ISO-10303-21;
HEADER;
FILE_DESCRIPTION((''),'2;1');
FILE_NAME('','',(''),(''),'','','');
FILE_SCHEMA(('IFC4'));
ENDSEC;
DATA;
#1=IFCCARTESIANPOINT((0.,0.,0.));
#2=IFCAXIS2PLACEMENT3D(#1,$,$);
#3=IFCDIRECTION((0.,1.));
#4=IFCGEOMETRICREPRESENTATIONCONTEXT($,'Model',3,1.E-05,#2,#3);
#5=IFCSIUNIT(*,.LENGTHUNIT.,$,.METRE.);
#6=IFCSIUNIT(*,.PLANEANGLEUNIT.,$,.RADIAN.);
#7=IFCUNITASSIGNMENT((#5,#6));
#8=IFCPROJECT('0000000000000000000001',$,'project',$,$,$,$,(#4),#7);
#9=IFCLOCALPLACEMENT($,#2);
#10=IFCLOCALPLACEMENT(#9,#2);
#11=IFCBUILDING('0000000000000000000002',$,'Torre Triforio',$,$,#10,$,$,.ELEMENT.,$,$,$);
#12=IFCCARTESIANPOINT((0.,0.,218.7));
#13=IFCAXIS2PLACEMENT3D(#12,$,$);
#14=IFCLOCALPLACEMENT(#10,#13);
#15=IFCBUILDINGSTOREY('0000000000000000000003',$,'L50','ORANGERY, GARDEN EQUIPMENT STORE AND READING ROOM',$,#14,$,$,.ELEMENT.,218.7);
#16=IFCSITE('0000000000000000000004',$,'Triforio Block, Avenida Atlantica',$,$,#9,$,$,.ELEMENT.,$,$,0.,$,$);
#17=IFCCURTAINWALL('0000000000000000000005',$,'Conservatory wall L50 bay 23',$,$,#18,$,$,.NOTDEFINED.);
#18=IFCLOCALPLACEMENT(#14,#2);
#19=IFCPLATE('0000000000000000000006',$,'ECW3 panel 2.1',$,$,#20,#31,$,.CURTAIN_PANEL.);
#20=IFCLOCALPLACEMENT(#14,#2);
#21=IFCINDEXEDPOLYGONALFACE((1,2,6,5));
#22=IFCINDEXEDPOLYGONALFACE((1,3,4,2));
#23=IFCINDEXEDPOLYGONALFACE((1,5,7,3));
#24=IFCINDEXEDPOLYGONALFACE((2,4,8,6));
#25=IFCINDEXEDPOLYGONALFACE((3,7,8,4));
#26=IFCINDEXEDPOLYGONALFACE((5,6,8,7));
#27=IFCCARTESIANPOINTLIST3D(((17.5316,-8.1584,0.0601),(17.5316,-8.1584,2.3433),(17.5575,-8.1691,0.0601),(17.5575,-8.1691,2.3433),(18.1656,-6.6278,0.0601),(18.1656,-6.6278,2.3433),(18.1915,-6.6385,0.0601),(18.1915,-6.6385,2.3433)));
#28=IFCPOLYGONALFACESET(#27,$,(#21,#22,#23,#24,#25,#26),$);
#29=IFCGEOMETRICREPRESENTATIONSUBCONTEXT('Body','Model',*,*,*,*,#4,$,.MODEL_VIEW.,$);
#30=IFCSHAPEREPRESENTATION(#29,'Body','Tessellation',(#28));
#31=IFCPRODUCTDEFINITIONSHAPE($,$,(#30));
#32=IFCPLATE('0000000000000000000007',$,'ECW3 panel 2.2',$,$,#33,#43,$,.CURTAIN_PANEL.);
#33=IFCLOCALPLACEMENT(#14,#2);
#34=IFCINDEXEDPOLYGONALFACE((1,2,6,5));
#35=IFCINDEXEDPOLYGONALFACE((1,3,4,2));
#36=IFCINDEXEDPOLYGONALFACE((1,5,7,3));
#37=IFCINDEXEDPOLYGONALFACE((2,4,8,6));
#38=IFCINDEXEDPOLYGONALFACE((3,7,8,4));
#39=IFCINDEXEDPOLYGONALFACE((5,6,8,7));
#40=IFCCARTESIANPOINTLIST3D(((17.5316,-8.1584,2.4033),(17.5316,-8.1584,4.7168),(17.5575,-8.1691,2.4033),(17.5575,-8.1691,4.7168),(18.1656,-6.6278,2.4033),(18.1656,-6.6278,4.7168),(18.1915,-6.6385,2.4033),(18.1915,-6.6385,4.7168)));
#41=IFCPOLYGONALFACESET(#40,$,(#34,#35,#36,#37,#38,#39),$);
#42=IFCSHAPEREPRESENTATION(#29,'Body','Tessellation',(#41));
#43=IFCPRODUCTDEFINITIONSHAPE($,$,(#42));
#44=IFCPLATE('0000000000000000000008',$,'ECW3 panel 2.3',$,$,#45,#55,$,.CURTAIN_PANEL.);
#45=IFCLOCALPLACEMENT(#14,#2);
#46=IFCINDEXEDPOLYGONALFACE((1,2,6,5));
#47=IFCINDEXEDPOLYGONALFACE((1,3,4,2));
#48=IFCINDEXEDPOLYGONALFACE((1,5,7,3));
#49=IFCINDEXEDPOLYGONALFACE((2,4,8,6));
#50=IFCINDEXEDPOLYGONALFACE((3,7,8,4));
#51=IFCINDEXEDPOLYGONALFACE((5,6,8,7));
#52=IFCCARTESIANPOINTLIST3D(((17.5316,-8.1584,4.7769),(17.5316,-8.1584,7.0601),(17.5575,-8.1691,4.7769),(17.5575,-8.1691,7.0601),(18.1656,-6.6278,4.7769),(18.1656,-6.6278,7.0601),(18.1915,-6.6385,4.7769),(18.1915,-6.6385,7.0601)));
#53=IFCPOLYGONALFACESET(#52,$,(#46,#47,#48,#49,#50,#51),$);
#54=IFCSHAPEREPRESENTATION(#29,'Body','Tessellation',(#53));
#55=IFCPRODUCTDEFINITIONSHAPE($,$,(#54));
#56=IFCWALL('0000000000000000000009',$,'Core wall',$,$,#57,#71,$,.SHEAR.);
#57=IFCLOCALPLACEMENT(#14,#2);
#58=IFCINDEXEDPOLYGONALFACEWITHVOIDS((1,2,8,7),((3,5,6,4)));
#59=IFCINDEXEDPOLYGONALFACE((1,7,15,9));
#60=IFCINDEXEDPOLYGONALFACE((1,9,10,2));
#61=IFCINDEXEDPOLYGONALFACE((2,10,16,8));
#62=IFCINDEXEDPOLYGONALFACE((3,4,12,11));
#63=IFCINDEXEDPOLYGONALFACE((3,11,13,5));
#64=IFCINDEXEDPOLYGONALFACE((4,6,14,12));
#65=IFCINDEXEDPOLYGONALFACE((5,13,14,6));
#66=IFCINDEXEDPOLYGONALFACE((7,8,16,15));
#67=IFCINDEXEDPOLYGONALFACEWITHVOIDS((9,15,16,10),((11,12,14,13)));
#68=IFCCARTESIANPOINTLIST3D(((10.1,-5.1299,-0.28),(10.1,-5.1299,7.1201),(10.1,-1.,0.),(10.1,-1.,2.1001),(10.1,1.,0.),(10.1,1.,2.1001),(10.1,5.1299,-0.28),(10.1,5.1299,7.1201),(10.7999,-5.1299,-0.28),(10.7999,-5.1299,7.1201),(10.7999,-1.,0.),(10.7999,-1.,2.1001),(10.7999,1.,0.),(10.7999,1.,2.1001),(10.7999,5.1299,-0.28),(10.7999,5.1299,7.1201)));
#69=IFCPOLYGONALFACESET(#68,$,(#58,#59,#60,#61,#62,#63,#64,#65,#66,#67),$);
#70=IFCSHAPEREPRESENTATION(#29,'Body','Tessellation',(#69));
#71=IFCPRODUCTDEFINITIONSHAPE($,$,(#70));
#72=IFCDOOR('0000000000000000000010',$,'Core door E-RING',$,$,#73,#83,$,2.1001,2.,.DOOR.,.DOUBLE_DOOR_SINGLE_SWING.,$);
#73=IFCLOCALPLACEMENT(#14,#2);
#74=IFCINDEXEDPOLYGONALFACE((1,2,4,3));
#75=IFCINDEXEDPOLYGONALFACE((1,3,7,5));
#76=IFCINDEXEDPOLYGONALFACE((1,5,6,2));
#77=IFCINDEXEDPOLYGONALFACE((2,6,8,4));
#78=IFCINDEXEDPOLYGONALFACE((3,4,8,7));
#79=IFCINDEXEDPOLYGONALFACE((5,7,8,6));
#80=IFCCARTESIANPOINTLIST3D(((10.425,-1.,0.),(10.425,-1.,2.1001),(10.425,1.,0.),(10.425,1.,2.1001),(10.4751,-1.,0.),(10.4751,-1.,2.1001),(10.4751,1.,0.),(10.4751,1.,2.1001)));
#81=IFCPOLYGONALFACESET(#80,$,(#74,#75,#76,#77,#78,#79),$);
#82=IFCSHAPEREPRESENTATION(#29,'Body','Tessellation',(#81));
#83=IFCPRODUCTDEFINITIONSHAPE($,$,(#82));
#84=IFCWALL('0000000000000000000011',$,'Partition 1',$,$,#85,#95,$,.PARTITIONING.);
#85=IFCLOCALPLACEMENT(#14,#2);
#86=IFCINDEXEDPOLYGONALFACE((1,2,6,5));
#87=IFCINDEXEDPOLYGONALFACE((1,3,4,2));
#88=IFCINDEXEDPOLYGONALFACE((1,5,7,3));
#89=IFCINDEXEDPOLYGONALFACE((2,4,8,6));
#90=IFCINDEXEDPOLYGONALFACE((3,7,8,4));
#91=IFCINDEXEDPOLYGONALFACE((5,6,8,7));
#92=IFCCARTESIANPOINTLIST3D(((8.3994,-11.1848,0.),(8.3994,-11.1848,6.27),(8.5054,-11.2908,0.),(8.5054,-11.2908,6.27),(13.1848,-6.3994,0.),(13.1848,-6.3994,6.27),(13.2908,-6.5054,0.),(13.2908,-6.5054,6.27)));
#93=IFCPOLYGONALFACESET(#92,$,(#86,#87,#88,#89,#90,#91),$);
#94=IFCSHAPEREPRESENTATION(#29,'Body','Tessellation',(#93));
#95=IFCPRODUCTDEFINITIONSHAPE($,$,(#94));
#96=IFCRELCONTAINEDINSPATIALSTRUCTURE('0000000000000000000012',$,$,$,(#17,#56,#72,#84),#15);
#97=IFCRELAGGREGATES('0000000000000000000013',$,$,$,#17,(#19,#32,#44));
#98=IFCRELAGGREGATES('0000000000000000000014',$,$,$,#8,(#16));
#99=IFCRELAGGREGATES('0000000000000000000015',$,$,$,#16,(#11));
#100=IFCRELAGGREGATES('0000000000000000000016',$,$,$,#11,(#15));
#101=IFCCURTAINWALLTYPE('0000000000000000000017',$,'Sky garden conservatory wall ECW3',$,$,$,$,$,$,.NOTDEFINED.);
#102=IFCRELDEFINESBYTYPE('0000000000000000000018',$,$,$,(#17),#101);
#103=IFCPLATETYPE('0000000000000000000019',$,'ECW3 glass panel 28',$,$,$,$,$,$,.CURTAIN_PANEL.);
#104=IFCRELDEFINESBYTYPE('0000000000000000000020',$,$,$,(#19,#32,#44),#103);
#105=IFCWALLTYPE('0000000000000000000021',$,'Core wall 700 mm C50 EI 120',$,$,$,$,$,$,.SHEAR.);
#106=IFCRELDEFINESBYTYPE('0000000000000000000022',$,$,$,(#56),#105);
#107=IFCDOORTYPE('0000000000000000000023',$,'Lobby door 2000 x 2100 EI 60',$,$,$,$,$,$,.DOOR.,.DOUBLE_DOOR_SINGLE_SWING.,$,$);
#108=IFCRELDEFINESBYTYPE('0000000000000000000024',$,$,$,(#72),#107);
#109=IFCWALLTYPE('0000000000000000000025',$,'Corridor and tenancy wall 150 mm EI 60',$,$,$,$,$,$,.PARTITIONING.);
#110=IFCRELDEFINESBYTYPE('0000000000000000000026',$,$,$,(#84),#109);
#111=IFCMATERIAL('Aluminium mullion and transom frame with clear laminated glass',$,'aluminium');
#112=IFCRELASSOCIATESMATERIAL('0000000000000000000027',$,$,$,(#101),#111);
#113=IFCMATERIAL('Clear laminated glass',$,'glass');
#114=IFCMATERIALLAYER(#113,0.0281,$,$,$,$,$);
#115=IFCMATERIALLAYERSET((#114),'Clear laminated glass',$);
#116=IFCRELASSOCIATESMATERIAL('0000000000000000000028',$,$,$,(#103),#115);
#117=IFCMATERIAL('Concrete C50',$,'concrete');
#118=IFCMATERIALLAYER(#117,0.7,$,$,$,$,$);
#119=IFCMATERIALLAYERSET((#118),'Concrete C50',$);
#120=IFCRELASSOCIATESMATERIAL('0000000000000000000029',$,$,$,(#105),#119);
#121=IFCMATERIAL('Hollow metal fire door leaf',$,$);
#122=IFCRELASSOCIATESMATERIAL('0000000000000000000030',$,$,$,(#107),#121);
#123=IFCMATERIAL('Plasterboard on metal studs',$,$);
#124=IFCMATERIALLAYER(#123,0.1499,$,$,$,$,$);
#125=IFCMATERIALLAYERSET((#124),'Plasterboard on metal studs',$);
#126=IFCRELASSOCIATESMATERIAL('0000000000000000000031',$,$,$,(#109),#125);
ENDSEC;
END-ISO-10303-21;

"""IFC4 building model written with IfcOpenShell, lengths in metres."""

from ifc_helpers import new_model, si_unit, direction, frame, frame_2d, origin, origin_2d, place, context, subcontext, project, spatial, rectangle, extrude, material, layer, layer_set, type_object, element, fill, aggregate, save


model = new_model("IFC4")

# Units and contexts
model_context = context("Model", 3, precision=1e-05, world=origin(), true_north=direction((0.0, 1.0)))
body_context = subcontext(model_context, "Body", "Model", "MODEL_VIEW")
ifc_project = project(units=[si_unit("LENGTHUNIT", "METRE"), si_unit("PLANEANGLEUNIT", "RADIAN")], contexts=[model_context])

# Site, building, storey
site_placement = place(None, origin())
site = spatial("IfcSite", under=ifc_project, at=site_placement, Name="Triforio Block, Avenida Atlantica", CompositionType="ELEMENT", RefElevation=0.0)
building_placement = place(site_placement, origin())
building = spatial("IfcBuilding", under=site, at=building_placement, Name="Torre Triforio", CompositionType="ELEMENT")
storey_placement = place(building_placement, frame((0.0, 0.0, 218.7)))
storey = spatial("IfcBuildingStorey", under=building, at=storey_placement, Name="L50", Description="ORANGERY, GARDEN EQUIPMENT STORE AND READING ROOM", CompositionType="ELEMENT", Elevation=218.7)

# Curtain wall
ifc_material_1 = material(Name="Aluminium mullion and transom frame with clear laminated glass", Category="aluminium")
curtain_wall_type = type_object("IfcCurtainWallType", Name="Sky garden conservatory wall ECW3", PredefinedType="NOTDEFINED", material=ifc_material_1)
curtain_wall_placement = place(storey_placement, origin())
curtain_wall = element("IfcCurtainWall", 1, at=curtain_wall_placement, inside=storey, type_object=curtain_wall_type, Name="Conservatory wall L50 bay 23", PredefinedType="NOTDEFINED")

# Plates
ifc_material_2 = material(Name="Clear laminated glass", Category="glass")
ifc_layer_1 = layer(ifc_material_2, 0.0281)
ifc_layer_set_1 = layer_set([ifc_layer_1], Name="Clear laminated glass")
plate_type = type_object("IfcPlateType", Name="ECW3 glass panel 28", PredefinedType="CURTAIN_PANEL", material=ifc_layer_set_1)
plate_1_placement = place(storey_placement, frame((17.8616, -7.3984, 0.0601), z_axis=(0.0, 0.0, 1.0), x_axis=(0.382684, 0.923879, 0.0)))
plate_1 = element("IfcPlate", 2, at=plate_1_placement, type_object=plate_type, Name="ECW3 panel 2.1", PredefinedType="CURTAIN_PANEL", context=body_context, shape_type="SweptSolid", body=[
    extrude(rectangle(XDim=1.6567, YDim=0.0281, at=origin_2d()), origin(), (0.0, 0.0, 1.0), 2.2832),
])
plate_2_placement = place(storey_placement, frame((17.8616, -7.3984, 2.4033), z_axis=(0.0, 0.0, 1.0), x_axis=(0.382684, 0.923879, 0.0)))
plate_2 = element("IfcPlate", 3, at=plate_2_placement, type_object=plate_type, Name="ECW3 panel 2.2", PredefinedType="CURTAIN_PANEL", context=body_context, shape_type="SweptSolid", body=[
    extrude(rectangle(XDim=1.6567, YDim=0.0281, at=origin_2d()), origin(), (0.0, 0.0, 1.0), 2.3135),
])
plate_3_placement = place(storey_placement, frame((17.8616, -7.3984, 4.7769), z_axis=(0.0, 0.0, 1.0), x_axis=(0.382684, 0.923879, 0.0)))
plate_3 = element("IfcPlate", 4, at=plate_3_placement, type_object=plate_type, Name="ECW3 panel 2.3", PredefinedType="CURTAIN_PANEL", context=body_context, shape_type="SweptSolid", body=[
    extrude(rectangle(XDim=1.6567, YDim=0.0281, at=origin_2d()), origin(), (0.0, 0.0, 1.0), 2.2832),
])
aggregate(curtain_wall, [plate_1, plate_2, plate_3])

# Wall, opening, door
ifc_material_3 = material(Name="Concrete C50", Category="concrete")
ifc_layer_2 = layer(ifc_material_3, 0.7)
ifc_layer_set_2 = layer_set([ifc_layer_2], Name="Concrete C50")
wall_type_1 = type_object("IfcWallType", Name="Core wall 700 mm C50 EI 120", PredefinedType="SHEAR", material=ifc_layer_set_2)
wall_1_placement = place(storey_placement, frame((10.45, -5.1299, -0.28), z_axis=(0.0, 0.0, 1.0), x_axis=(0.0, 1.0, 0.0)))
wall_1 = element("IfcWall", 5, at=wall_1_placement, inside=storey, type_object=wall_type_1, Name="Core wall", PredefinedType="SHEAR", context=body_context, shape_type="SweptSolid", body=[
    extrude(rectangle(XDim=10.2598, YDim=0.7, at=frame_2d((5.1299, 0.0))), origin(), (0.0, 0.0, 1.0), 7.4001),
])
opening_placement = place(wall_1_placement, frame((4.1299, 0.0, 0.28)))
opening = element("IfcOpeningElement", 6, at=opening_placement, cuts=wall_1, PredefinedType="OPENING", context=body_context, shape_type="SweptSolid", body=[
    extrude(rectangle(XDim=2.0, YDim=2.1001, at=frame_2d((1.0, 1.05))), frame((0.0, 0.3599, 0.0), z_axis=(0.0, -1.0, 0.0), x_axis=(1.0, 0.0, 0.0)), (0.0, 0.0, 1.0), 0.72),
])
ifc_material_4 = material(Name="Hollow metal fire door leaf")
door_type = type_object("IfcDoorType", Name="Lobby door 2000 x 2100 EI 60", OperationType="DOUBLE_DOOR_SINGLE_SWING", PredefinedType="DOOR", material=ifc_material_4)
door_placement = place(opening_placement, origin())
door = element("IfcDoor", 7, at=door_placement, inside=storey, type_object=door_type, Name="Core door E-RING", OperationType="DOUBLE_DOOR_SINGLE_SWING", OverallHeight=2.1001, OverallWidth=2.0, PredefinedType="DOOR", context=body_context, shape_type="SweptSolid", body=[
    extrude(rectangle(XDim=2.0, YDim=2.1001, at=frame_2d((1.0, 1.05))), frame((0.0, 0.0249, 0.0), z_axis=(0.0, -1.0, 0.0), x_axis=(1.0, 0.0, 0.0)), (0.0, 0.0, 1.0), 0.05),
])
fill(opening, door)

# Wall
ifc_material_5 = material(Name="Plasterboard on metal studs")
ifc_layer_3 = layer(ifc_material_5, 0.1499)
ifc_layer_set_3 = layer_set([ifc_layer_3], Name="Plasterboard on metal studs")
wall_type_2 = type_object("IfcWallType", Name="Corridor and tenancy wall 150 mm EI 60", PredefinedType="PARTITIONING", material=ifc_layer_set_3)
wall_2_placement = place(storey_placement, frame((13.2378, -6.4524, 0.0), z_axis=(0.0, 0.0, 1.0), x_axis=(-0.707107, -0.707107, 0.0)))
element("IfcWall", 8, at=wall_2_placement, inside=storey, type_object=wall_type_2, Name="Partition 1", PredefinedType="PARTITIONING", context=body_context, shape_type="SweptSolid", body=[
    extrude(rectangle(XDim=6.7676, YDim=0.1499, at=frame_2d((3.3838, 0.0))), origin(), (0.0, 0.0, 1.0), 6.27),
])

save(model, "model.ifc")
